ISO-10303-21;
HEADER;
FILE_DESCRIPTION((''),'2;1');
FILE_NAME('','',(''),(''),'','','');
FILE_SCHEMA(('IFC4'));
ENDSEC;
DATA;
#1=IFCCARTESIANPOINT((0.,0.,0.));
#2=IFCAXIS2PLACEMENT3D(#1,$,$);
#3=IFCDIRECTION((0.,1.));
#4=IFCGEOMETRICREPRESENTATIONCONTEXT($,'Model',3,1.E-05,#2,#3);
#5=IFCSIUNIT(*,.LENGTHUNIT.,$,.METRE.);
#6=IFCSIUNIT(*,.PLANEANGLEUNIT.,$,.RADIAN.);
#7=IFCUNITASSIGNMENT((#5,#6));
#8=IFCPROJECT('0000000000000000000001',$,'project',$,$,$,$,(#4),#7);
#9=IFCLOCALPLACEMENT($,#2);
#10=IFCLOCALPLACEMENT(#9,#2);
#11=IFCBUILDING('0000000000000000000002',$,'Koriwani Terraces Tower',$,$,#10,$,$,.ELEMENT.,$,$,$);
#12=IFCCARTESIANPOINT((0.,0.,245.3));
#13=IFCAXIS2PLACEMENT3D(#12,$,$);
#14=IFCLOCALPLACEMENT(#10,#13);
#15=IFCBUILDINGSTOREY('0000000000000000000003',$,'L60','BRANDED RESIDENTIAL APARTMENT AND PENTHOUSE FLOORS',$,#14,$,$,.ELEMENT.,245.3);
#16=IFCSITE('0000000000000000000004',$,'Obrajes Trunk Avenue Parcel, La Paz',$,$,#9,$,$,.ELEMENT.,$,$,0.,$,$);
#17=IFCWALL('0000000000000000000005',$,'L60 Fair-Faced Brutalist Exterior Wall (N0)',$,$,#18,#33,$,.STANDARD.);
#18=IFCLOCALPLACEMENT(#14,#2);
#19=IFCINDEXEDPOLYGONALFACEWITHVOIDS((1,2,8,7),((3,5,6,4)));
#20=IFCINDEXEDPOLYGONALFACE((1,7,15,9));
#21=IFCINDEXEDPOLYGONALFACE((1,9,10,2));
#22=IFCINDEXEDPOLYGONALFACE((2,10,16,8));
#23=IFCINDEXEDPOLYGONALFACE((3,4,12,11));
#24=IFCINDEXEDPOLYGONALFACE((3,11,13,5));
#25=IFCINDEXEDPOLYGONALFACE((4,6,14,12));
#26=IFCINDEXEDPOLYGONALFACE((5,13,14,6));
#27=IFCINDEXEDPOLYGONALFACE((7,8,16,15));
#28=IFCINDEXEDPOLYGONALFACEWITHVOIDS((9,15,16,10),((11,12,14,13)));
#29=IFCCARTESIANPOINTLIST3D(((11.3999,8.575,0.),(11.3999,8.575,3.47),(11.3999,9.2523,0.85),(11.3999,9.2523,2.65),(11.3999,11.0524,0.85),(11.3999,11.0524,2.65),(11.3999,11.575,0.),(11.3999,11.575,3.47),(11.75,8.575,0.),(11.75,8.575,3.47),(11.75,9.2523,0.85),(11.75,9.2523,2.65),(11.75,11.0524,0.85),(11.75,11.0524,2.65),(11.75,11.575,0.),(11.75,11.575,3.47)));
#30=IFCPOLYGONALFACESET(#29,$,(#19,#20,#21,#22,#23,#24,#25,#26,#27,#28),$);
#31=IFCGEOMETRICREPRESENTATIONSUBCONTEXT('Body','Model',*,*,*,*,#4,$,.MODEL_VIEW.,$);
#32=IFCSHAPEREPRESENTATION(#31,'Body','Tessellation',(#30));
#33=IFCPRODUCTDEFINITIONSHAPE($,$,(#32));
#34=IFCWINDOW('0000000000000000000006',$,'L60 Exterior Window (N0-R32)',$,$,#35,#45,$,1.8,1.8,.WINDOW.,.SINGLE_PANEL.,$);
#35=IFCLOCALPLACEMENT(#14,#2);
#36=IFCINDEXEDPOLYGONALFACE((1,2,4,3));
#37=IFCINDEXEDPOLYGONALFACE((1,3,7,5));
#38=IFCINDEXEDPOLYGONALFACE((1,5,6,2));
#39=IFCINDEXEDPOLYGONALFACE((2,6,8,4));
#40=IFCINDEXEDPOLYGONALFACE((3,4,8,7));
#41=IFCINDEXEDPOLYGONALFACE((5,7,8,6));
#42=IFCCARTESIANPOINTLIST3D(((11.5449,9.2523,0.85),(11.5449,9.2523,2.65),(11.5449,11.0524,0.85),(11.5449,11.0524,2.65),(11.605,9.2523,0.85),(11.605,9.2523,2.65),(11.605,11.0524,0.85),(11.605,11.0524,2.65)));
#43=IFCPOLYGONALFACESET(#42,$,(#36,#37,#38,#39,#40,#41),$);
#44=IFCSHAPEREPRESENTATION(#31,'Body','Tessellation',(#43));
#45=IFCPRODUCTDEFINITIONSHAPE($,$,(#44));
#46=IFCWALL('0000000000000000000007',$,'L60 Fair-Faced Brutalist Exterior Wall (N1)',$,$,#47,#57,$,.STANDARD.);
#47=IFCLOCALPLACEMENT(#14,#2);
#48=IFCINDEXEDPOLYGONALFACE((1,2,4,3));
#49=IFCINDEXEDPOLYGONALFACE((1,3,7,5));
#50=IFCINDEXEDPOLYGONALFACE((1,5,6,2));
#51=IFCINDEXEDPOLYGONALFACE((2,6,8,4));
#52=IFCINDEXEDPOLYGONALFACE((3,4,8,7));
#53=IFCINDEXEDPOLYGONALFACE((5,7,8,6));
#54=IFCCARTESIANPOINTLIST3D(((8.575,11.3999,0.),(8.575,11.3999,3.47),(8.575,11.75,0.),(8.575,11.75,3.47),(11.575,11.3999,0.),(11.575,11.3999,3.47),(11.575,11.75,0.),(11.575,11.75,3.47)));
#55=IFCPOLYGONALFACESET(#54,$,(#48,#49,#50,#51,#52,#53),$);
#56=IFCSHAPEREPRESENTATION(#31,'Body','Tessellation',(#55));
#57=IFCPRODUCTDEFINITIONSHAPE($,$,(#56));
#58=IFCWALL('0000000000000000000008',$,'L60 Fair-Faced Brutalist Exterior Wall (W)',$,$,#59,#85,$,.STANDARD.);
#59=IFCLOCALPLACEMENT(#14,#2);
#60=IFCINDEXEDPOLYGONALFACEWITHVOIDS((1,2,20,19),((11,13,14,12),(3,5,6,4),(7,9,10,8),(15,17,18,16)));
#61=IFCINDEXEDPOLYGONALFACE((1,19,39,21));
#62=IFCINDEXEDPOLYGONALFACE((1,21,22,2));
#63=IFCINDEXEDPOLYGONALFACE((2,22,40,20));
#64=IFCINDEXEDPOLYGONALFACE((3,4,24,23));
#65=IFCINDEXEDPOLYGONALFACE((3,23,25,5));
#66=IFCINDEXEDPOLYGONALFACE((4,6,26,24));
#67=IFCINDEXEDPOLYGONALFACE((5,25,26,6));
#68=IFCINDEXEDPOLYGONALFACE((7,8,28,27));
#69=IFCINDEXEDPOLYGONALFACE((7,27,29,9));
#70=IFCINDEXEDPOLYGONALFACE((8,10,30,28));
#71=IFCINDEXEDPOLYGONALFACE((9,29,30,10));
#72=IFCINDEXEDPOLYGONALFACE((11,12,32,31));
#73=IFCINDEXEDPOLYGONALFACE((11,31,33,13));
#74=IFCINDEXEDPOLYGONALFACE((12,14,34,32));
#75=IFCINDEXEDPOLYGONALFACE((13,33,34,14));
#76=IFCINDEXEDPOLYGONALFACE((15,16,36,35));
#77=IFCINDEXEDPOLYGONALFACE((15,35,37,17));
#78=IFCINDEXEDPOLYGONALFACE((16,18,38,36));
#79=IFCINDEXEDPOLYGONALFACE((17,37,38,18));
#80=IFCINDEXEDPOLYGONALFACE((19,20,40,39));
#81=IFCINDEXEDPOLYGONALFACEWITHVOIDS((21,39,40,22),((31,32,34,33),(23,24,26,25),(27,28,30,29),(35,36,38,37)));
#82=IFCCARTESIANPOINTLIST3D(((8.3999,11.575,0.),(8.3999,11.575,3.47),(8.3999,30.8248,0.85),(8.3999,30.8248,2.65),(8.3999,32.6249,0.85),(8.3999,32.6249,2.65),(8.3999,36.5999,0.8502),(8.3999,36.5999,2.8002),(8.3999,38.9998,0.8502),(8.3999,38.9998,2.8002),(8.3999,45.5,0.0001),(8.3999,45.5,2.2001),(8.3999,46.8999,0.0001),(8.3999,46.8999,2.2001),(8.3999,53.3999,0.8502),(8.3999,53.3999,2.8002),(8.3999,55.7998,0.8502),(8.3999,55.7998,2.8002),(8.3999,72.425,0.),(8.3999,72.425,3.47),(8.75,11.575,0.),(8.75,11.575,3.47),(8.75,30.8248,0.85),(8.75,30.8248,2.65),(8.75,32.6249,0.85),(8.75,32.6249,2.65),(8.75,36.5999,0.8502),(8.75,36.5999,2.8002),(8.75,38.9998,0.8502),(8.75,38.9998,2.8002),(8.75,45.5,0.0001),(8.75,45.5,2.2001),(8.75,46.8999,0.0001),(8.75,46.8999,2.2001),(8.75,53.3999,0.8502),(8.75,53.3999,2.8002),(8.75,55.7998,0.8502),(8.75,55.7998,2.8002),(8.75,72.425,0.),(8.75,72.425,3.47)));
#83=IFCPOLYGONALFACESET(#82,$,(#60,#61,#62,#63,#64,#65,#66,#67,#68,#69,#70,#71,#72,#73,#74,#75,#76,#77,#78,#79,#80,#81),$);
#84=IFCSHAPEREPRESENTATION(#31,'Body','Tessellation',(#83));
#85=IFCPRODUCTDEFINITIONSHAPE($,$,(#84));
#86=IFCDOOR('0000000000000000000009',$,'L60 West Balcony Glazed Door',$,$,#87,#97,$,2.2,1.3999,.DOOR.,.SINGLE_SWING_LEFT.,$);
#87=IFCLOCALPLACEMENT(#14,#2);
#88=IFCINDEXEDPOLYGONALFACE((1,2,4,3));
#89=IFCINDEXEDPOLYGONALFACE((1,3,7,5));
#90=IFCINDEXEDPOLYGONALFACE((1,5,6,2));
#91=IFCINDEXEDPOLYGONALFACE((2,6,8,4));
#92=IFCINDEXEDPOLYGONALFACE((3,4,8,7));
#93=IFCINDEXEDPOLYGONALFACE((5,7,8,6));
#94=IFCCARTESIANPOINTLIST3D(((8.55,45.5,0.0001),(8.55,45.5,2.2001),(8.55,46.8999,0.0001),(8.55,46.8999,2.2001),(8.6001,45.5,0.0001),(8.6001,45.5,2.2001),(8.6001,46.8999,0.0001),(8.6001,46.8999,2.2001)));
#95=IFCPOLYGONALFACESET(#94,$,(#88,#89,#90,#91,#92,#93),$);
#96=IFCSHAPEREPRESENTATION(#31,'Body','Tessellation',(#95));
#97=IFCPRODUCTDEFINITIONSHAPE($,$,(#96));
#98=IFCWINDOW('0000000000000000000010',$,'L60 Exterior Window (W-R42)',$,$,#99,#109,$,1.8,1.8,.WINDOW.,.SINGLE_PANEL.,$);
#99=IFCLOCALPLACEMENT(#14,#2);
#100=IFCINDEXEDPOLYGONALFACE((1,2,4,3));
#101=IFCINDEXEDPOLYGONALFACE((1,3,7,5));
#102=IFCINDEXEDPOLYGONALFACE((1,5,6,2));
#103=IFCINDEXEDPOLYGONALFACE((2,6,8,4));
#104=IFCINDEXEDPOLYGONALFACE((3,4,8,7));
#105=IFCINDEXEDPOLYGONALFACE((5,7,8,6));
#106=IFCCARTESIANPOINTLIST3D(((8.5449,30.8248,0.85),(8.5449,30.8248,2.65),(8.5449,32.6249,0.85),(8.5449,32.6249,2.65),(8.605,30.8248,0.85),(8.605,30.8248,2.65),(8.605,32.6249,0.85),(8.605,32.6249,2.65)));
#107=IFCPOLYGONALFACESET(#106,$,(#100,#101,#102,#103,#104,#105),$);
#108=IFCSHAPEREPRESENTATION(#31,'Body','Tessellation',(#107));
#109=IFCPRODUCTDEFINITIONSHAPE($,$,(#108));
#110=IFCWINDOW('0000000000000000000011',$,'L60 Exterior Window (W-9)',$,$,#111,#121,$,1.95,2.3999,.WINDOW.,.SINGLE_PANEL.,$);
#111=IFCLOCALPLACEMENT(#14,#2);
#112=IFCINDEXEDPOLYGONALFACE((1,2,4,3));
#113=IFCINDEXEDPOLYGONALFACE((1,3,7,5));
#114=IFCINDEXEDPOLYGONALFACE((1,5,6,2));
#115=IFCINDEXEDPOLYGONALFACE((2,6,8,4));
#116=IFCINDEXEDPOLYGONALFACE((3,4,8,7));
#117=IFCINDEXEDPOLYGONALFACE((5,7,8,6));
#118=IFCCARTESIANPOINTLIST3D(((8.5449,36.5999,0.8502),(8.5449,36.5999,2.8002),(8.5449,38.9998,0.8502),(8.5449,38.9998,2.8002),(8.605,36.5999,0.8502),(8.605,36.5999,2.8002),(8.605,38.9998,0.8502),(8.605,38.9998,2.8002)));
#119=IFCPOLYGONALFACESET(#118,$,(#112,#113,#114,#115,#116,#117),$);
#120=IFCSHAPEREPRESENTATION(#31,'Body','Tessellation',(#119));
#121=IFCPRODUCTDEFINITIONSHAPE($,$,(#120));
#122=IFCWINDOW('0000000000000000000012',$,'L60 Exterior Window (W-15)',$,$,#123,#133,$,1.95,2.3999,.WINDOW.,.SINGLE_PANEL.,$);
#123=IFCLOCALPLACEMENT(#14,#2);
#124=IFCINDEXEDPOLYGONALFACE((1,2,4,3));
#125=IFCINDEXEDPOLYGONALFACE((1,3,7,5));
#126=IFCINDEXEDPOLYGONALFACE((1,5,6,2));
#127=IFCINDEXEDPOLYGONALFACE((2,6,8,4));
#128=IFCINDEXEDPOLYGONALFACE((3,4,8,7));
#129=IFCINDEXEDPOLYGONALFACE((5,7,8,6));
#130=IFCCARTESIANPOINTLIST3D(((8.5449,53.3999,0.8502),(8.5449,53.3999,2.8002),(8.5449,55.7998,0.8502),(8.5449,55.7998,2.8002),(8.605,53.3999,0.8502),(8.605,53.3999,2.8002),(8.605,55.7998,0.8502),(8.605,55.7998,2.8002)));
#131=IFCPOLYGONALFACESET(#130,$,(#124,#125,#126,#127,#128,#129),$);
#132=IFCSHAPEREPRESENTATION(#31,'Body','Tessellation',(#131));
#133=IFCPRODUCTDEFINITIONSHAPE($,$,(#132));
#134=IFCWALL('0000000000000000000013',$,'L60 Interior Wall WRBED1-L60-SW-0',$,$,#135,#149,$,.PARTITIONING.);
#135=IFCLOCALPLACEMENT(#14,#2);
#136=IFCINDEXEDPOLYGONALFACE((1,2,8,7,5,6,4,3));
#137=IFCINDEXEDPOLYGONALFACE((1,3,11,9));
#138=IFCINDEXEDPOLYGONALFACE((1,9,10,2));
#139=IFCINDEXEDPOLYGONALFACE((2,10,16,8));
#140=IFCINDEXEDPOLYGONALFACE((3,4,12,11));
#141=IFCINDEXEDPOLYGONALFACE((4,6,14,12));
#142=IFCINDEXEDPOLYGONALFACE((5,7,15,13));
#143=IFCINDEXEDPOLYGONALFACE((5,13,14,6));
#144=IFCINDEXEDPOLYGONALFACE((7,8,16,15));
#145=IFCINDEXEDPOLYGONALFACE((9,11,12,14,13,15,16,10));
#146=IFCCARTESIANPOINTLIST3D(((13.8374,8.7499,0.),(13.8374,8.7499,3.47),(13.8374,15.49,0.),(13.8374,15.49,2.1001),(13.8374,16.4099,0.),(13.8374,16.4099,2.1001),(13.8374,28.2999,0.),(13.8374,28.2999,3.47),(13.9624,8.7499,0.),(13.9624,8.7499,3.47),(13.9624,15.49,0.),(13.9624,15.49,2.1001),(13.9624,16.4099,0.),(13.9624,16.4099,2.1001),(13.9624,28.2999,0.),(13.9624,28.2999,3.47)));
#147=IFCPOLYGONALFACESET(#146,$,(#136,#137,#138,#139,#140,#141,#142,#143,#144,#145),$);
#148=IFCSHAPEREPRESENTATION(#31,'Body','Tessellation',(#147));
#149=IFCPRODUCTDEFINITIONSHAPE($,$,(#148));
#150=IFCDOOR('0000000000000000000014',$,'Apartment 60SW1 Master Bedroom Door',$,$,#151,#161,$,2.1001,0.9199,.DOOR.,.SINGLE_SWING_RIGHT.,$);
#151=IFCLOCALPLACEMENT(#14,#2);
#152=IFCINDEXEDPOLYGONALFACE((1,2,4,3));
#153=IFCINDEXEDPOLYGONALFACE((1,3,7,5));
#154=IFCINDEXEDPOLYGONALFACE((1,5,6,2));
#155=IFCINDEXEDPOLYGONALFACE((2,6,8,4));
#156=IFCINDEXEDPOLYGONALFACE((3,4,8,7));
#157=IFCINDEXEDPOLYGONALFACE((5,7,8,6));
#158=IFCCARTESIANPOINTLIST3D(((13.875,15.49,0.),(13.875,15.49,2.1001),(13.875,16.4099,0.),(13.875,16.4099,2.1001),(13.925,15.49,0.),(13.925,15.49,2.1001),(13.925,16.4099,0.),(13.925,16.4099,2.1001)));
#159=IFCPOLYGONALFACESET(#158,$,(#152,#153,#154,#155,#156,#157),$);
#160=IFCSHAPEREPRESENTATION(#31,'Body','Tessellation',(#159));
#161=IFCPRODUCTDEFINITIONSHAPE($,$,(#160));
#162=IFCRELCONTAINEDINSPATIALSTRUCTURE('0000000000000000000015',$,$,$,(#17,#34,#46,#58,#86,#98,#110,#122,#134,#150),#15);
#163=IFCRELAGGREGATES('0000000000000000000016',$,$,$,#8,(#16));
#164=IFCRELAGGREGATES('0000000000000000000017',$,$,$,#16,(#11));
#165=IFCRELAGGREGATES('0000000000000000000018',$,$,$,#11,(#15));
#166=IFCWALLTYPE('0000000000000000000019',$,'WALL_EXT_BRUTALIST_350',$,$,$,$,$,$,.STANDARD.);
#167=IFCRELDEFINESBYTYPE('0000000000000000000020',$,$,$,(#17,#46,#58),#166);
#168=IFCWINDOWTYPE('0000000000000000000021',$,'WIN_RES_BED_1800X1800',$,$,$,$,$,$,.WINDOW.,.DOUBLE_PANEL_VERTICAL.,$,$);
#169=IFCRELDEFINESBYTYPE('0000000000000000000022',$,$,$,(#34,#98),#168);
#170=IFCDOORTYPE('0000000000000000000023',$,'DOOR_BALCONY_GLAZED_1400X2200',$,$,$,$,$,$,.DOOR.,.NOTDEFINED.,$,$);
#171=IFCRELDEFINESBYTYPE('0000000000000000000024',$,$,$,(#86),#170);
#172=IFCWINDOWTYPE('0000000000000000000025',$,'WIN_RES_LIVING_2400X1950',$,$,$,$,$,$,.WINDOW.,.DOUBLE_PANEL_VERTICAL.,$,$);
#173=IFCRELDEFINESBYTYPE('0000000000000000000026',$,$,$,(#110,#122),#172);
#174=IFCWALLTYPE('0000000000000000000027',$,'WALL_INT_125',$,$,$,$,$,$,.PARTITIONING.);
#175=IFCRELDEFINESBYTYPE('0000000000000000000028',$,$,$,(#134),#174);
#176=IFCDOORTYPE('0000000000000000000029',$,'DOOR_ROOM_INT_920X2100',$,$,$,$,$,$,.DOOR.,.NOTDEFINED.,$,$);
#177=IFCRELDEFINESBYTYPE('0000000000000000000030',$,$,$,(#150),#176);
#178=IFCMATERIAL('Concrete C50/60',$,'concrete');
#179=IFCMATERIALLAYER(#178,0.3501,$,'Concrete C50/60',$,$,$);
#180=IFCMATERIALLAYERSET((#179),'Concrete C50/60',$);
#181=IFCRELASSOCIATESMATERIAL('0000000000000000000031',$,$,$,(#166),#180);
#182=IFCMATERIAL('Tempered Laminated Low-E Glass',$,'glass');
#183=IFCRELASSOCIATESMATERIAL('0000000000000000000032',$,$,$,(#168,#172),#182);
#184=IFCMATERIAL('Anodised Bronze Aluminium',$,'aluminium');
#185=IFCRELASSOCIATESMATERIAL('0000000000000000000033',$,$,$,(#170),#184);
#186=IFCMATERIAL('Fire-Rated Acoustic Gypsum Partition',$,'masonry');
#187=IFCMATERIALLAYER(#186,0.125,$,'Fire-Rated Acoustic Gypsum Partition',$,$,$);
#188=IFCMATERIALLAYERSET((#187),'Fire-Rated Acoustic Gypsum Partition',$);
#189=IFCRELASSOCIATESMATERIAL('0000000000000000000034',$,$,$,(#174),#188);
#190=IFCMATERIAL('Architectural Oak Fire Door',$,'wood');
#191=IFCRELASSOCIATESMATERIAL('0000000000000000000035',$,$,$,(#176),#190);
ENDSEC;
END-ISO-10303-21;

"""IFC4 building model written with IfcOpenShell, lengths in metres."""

from ifc_helpers import new_model, si_unit, direction, frame, frame_2d, origin, place, context, subcontext, project, spatial, rectangle, extrude, material, layer, layer_set, type_object, element, fill, save


model = new_model("IFC4")

# Units and contexts
model_context = context("Model", 3, precision=1e-05, world=origin(), true_north=direction((0.0, 1.0)))
body_context = subcontext(model_context, "Body", "Model", "MODEL_VIEW")
ifc_project = project(units=[si_unit("LENGTHUNIT", "METRE"), si_unit("PLANEANGLEUNIT", "RADIAN")], contexts=[model_context])

# Site, building, storey
site_placement = place(None, origin())
site = spatial("IfcSite", under=ifc_project, at=site_placement, Name="Obrajes Trunk Avenue Parcel, La Paz", CompositionType="ELEMENT", RefElevation=0.0)
building_placement = place(site_placement, origin())
building = spatial("IfcBuilding", under=site, at=building_placement, Name="Koriwani Terraces Tower", CompositionType="ELEMENT")
storey_placement = place(building_placement, frame((0.0, 0.0, 245.3)))
storey = spatial("IfcBuildingStorey", under=building, at=storey_placement, Name="L60", Description="BRANDED RESIDENTIAL APARTMENT AND PENTHOUSE FLOORS", CompositionType="ELEMENT", Elevation=245.3)

# Shared definitions
ifc_material_1 = material(Name="Concrete C50/60", Category="concrete")

# Wall, opening, window
ifc_layer_1 = layer(ifc_material_1, 0.3501, Name="Concrete C50/60")
ifc_layer_set_1 = layer_set([ifc_layer_1], Name="Concrete C50/60")
wall_type_1 = type_object("IfcWallType", Name="WALL_EXT_BRUTALIST_350", PredefinedType="STANDARD", material=ifc_layer_set_1)
wall_1_placement = place(storey_placement, frame((11.575, 8.575, 0.0), z_axis=(0.0, 0.0, 1.0), x_axis=(0.0, 1.0, 0.0)))
wall_1 = element("IfcWall", 1, at=wall_1_placement, inside=storey, type_object=wall_type_1, Name="L60 Fair-Faced Brutalist Exterior Wall (N0)", PredefinedType="STANDARD", context=body_context, shape_type="SweptSolid", body=[
    extrude(rectangle(XDim=3.0, YDim=0.3501, at=frame_2d((1.5, 0.0))), origin(), (0.0, 0.0, 1.0), 3.47),
])
opening_1_placement = place(wall_1_placement, frame((0.6775, 0.0, 0.8501)))
opening_1 = element("IfcOpeningElement", 2, at=opening_1_placement, cuts=wall_1, PredefinedType="OPENING", context=body_context, shape_type="SweptSolid", body=[
    extrude(rectangle(XDim=1.8, YDim=1.8, at=frame_2d((0.8999, 0.8999))), frame((0.0, 0.1851, 0.0), z_axis=(0.0, -1.0, 0.0), x_axis=(1.0, 0.0, 0.0)), (0.0, 0.0, 1.0), 0.3701),
])
ifc_material_2 = material(Name="Tempered Laminated Low-E Glass", Category="glass")
window_type_1 = type_object("IfcWindowType", Name="WIN_RES_BED_1800X1800", PartitioningType="DOUBLE_PANEL_VERTICAL", PredefinedType="WINDOW", material=ifc_material_2)
window_1_placement = place(opening_1_placement, origin())
window_1 = element("IfcWindow", 3, at=window_1_placement, inside=storey, type_object=window_type_1, Name="L60 Exterior Window (N0-R32)", OverallHeight=1.8, OverallWidth=1.8, PartitioningType="SINGLE_PANEL", PredefinedType="WINDOW", context=body_context, shape_type="SweptSolid", body=[
    extrude(rectangle(XDim=1.8, YDim=1.8, at=frame_2d((0.8999, 0.8999))), frame((0.0, 0.03, 0.0), z_axis=(0.0, -1.0, 0.0), x_axis=(1.0, 0.0, 0.0)), (0.0, 0.0, 1.0), 0.0601),
])
fill(opening_1, window_1)

# Wall
wall_2_placement = place(storey_placement, frame((11.575, 11.575, 0.0), z_axis=(0.0, 0.0, 1.0), x_axis=(-1.0, 0.0, 0.0)))
element("IfcWall", 4, at=wall_2_placement, inside=storey, type_object=wall_type_1, Name="L60 Fair-Faced Brutalist Exterior Wall (N1)", PredefinedType="STANDARD", context=body_context, shape_type="SweptSolid", body=[
    extrude(rectangle(XDim=3.0, YDim=0.3501, at=frame_2d((1.5, 0.0))), origin(), (0.0, 0.0, 1.0), 3.47),
])

# Wall, openings, door, windows
wall_3_placement = place(storey_placement, frame((8.575, 11.575, 0.0), z_axis=(0.0, 0.0, 1.0), x_axis=(0.0, 1.0, 0.0)))
wall_3 = element("IfcWall", 5, at=wall_3_placement, inside=storey, type_object=wall_type_1, Name="L60 Fair-Faced Brutalist Exterior Wall (W)", PredefinedType="STANDARD", context=body_context, shape_type="SweptSolid", body=[
    extrude(rectangle(XDim=60.8501, YDim=0.3501, at=frame_2d((30.425, 0.0))), origin(), (0.0, 0.0, 1.0), 3.47),
])
opening_2_placement = place(wall_3_placement, frame((33.925, 0.0, 0.0)))
opening_2 = element("IfcOpeningElement", 6, at=opening_2_placement, cuts=wall_3, PredefinedType="OPENING", context=body_context, shape_type="SweptSolid", body=[
    extrude(rectangle(XDim=1.3999, YDim=2.2, at=frame_2d((0.7, 1.1001))), frame((0.0, 0.1851, 0.0), z_axis=(0.0, -1.0, 0.0), x_axis=(1.0, 0.0, 0.0)), (0.0, 0.0, 1.0), 0.3701),
])
opening_3_placement = place(wall_3_placement, frame((25.0249, 0.0, 0.8501)))
opening_3 = element("IfcOpeningElement", 7, at=opening_3_placement, cuts=wall_3, PredefinedType="OPENING", context=body_context, shape_type="SweptSolid", body=[
    extrude(rectangle(XDim=2.3999, YDim=1.95, at=frame_2d((1.2, 0.9751))), frame((0.0, 0.1851, 0.0), z_axis=(0.0, -1.0, 0.0), x_axis=(1.0, 0.0, 0.0)), (0.0, 0.0, 1.0), 0.3701),
])
opening_4_placement = place(wall_3_placement, frame((41.825, 0.0, 0.8501)))
opening_4 = element("IfcOpeningElement", 8, at=opening_4_placement, cuts=wall_3, PredefinedType="OPENING", context=body_context, shape_type="SweptSolid", body=[
    extrude(rectangle(XDim=2.3999, YDim=1.95, at=frame_2d((1.2, 0.9751))), frame((0.0, 0.1851, 0.0), z_axis=(0.0, -1.0, 0.0), x_axis=(1.0, 0.0, 0.0)), (0.0, 0.0, 1.0), 0.3701),
])
opening_5_placement = place(wall_3_placement, frame((19.25, 0.0, 0.8501)))
opening_5 = element("IfcOpeningElement", 9, at=opening_5_placement, cuts=wall_3, PredefinedType="OPENING", context=body_context, shape_type="SweptSolid", body=[
    extrude(rectangle(XDim=1.8, YDim=1.8, at=frame_2d((0.8999, 0.8999))), frame((0.0, 0.1851, 0.0), z_axis=(0.0, -1.0, 0.0), x_axis=(1.0, 0.0, 0.0)), (0.0, 0.0, 1.0), 0.3701),
])
ifc_material_3 = material(Name="Anodised Bronze Aluminium", Category="aluminium")
door_type_1 = type_object("IfcDoorType", Name="DOOR_BALCONY_GLAZED_1400X2200", OperationType="NOTDEFINED", PredefinedType="DOOR", material=ifc_material_3)
door_1_placement = place(opening_2_placement, origin())
door_1 = element("IfcDoor", 10, at=door_1_placement, inside=storey, type_object=door_type_1, Name="L60 West Balcony Glazed Door", OperationType="SINGLE_SWING_LEFT", OverallHeight=2.2, OverallWidth=1.3999, PredefinedType="DOOR", context=body_context, shape_type="SweptSolid", body=[
    extrude(rectangle(XDim=1.3999, YDim=2.2, at=frame_2d((0.7, 1.1001))), frame((0.0, 0.0249, 0.0), z_axis=(0.0, -1.0, 0.0), x_axis=(1.0, 0.0, 0.0)), (0.0, 0.0, 1.0), 0.05),
])
fill(opening_2, door_1)
window_2_placement = place(opening_5_placement, origin())
window_2 = element("IfcWindow", 11, at=window_2_placement, inside=storey, type_object=window_type_1, Name="L60 Exterior Window (W-R42)", OverallHeight=1.8, OverallWidth=1.8, PartitioningType="SINGLE_PANEL", PredefinedType="WINDOW", context=body_context, shape_type="SweptSolid", body=[
    extrude(rectangle(XDim=1.8, YDim=1.8, at=frame_2d((0.8999, 0.8999))), frame((0.0, 0.03, 0.0), z_axis=(0.0, -1.0, 0.0), x_axis=(1.0, 0.0, 0.0)), (0.0, 0.0, 1.0), 0.0601),
])
fill(opening_5, window_2)
window_type_2 = type_object("IfcWindowType", Name="WIN_RES_LIVING_2400X1950", PartitioningType="DOUBLE_PANEL_VERTICAL", PredefinedType="WINDOW", material=ifc_material_2)
window_3_placement = place(opening_3_placement, origin())
window_3 = element("IfcWindow", 12, at=window_3_placement, inside=storey, type_object=window_type_2, Name="L60 Exterior Window (W-9)", OverallHeight=1.95, OverallWidth=2.3999, PartitioningType="SINGLE_PANEL", PredefinedType="WINDOW", context=body_context, shape_type="SweptSolid", body=[
    extrude(rectangle(XDim=2.3999, YDim=1.95, at=frame_2d((1.2, 0.9751))), frame((0.0, 0.03, 0.0), z_axis=(0.0, -1.0, 0.0), x_axis=(1.0, 0.0, 0.0)), (0.0, 0.0, 1.0), 0.0601),
])
fill(opening_3, window_3)
window_4_placement = place(opening_4_placement, origin())
window_4 = element("IfcWindow", 13, at=window_4_placement, inside=storey, type_object=window_type_2, Name="L60 Exterior Window (W-15)", OverallHeight=1.95, OverallWidth=2.3999, PartitioningType="SINGLE_PANEL", PredefinedType="WINDOW", context=body_context, shape_type="SweptSolid", body=[
    extrude(rectangle(XDim=2.3999, YDim=1.95, at=frame_2d((1.2, 0.9751))), frame((0.0, 0.03, 0.0), z_axis=(0.0, -1.0, 0.0), x_axis=(1.0, 0.0, 0.0)), (0.0, 0.0, 1.0), 0.0601),
])
fill(opening_4, window_4)

# Wall, opening, door
ifc_material_4 = material(Name="Fire-Rated Acoustic Gypsum Partition", Category="masonry")
ifc_layer_2 = layer(ifc_material_4, 0.125, Name="Fire-Rated Acoustic Gypsum Partition")
ifc_layer_set_2 = layer_set([ifc_layer_2], Name="Fire-Rated Acoustic Gypsum Partition")
wall_type_2 = type_object("IfcWallType", Name="WALL_INT_125", PredefinedType="PARTITIONING", material=ifc_layer_set_2)
wall_4_placement = place(storey_placement, frame((13.8999, 8.75, 0.0), z_axis=(0.0, 0.0, 1.0), x_axis=(0.0, 1.0, 0.0)))
wall_4 = element("IfcWall", 14, at=wall_4_placement, inside=storey, type_object=wall_type_2, Name="L60 Interior Wall WRBED1-L60-SW-0", PredefinedType="PARTITIONING", context=body_context, shape_type="SweptSolid", body=[
    extrude(rectangle(XDim=19.55, YDim=0.125, at=frame_2d((9.7749, 0.0))), origin(), (0.0, 0.0, 1.0), 3.47),
])
opening_6_placement = place(wall_4_placement, frame((6.74, 0.0, 0.0)))
opening_6 = element("IfcOpeningElement", 15, at=opening_6_placement, cuts=wall_4, PredefinedType="OPENING", context=body_context, shape_type="SweptSolid", body=[
    extrude(rectangle(XDim=0.9199, YDim=2.1001, at=frame_2d((0.46, 1.05))), frame((0.0, 0.0725, 0.0), z_axis=(0.0, -1.0, 0.0), x_axis=(1.0, 0.0, 0.0)), (0.0, 0.0, 1.0), 0.145),
])
ifc_material_5 = material(Name="Architectural Oak Fire Door", Category="wood")
door_type_2 = type_object("IfcDoorType", Name="DOOR_ROOM_INT_920X2100", OperationType="NOTDEFINED", PredefinedType="DOOR", material=ifc_material_5)
door_2_placement = place(opening_6_placement, origin())
door_2 = element("IfcDoor", 16, at=door_2_placement, inside=storey, type_object=door_type_2, Name="Apartment 60SW1 Master Bedroom Door", OperationType="SINGLE_SWING_RIGHT", OverallHeight=2.1001, OverallWidth=0.9199, PredefinedType="DOOR", context=body_context, shape_type="SweptSolid", body=[
    extrude(rectangle(XDim=0.9199, YDim=2.1001, at=frame_2d((0.46, 1.05))), frame((0.0, 0.0249, 0.0), z_axis=(0.0, -1.0, 0.0), x_axis=(1.0, 0.0, 0.0)), (0.0, 0.0, 1.0), 0.05),
])
fill(opening_6, door_2)

save(model, "model.ifc")
